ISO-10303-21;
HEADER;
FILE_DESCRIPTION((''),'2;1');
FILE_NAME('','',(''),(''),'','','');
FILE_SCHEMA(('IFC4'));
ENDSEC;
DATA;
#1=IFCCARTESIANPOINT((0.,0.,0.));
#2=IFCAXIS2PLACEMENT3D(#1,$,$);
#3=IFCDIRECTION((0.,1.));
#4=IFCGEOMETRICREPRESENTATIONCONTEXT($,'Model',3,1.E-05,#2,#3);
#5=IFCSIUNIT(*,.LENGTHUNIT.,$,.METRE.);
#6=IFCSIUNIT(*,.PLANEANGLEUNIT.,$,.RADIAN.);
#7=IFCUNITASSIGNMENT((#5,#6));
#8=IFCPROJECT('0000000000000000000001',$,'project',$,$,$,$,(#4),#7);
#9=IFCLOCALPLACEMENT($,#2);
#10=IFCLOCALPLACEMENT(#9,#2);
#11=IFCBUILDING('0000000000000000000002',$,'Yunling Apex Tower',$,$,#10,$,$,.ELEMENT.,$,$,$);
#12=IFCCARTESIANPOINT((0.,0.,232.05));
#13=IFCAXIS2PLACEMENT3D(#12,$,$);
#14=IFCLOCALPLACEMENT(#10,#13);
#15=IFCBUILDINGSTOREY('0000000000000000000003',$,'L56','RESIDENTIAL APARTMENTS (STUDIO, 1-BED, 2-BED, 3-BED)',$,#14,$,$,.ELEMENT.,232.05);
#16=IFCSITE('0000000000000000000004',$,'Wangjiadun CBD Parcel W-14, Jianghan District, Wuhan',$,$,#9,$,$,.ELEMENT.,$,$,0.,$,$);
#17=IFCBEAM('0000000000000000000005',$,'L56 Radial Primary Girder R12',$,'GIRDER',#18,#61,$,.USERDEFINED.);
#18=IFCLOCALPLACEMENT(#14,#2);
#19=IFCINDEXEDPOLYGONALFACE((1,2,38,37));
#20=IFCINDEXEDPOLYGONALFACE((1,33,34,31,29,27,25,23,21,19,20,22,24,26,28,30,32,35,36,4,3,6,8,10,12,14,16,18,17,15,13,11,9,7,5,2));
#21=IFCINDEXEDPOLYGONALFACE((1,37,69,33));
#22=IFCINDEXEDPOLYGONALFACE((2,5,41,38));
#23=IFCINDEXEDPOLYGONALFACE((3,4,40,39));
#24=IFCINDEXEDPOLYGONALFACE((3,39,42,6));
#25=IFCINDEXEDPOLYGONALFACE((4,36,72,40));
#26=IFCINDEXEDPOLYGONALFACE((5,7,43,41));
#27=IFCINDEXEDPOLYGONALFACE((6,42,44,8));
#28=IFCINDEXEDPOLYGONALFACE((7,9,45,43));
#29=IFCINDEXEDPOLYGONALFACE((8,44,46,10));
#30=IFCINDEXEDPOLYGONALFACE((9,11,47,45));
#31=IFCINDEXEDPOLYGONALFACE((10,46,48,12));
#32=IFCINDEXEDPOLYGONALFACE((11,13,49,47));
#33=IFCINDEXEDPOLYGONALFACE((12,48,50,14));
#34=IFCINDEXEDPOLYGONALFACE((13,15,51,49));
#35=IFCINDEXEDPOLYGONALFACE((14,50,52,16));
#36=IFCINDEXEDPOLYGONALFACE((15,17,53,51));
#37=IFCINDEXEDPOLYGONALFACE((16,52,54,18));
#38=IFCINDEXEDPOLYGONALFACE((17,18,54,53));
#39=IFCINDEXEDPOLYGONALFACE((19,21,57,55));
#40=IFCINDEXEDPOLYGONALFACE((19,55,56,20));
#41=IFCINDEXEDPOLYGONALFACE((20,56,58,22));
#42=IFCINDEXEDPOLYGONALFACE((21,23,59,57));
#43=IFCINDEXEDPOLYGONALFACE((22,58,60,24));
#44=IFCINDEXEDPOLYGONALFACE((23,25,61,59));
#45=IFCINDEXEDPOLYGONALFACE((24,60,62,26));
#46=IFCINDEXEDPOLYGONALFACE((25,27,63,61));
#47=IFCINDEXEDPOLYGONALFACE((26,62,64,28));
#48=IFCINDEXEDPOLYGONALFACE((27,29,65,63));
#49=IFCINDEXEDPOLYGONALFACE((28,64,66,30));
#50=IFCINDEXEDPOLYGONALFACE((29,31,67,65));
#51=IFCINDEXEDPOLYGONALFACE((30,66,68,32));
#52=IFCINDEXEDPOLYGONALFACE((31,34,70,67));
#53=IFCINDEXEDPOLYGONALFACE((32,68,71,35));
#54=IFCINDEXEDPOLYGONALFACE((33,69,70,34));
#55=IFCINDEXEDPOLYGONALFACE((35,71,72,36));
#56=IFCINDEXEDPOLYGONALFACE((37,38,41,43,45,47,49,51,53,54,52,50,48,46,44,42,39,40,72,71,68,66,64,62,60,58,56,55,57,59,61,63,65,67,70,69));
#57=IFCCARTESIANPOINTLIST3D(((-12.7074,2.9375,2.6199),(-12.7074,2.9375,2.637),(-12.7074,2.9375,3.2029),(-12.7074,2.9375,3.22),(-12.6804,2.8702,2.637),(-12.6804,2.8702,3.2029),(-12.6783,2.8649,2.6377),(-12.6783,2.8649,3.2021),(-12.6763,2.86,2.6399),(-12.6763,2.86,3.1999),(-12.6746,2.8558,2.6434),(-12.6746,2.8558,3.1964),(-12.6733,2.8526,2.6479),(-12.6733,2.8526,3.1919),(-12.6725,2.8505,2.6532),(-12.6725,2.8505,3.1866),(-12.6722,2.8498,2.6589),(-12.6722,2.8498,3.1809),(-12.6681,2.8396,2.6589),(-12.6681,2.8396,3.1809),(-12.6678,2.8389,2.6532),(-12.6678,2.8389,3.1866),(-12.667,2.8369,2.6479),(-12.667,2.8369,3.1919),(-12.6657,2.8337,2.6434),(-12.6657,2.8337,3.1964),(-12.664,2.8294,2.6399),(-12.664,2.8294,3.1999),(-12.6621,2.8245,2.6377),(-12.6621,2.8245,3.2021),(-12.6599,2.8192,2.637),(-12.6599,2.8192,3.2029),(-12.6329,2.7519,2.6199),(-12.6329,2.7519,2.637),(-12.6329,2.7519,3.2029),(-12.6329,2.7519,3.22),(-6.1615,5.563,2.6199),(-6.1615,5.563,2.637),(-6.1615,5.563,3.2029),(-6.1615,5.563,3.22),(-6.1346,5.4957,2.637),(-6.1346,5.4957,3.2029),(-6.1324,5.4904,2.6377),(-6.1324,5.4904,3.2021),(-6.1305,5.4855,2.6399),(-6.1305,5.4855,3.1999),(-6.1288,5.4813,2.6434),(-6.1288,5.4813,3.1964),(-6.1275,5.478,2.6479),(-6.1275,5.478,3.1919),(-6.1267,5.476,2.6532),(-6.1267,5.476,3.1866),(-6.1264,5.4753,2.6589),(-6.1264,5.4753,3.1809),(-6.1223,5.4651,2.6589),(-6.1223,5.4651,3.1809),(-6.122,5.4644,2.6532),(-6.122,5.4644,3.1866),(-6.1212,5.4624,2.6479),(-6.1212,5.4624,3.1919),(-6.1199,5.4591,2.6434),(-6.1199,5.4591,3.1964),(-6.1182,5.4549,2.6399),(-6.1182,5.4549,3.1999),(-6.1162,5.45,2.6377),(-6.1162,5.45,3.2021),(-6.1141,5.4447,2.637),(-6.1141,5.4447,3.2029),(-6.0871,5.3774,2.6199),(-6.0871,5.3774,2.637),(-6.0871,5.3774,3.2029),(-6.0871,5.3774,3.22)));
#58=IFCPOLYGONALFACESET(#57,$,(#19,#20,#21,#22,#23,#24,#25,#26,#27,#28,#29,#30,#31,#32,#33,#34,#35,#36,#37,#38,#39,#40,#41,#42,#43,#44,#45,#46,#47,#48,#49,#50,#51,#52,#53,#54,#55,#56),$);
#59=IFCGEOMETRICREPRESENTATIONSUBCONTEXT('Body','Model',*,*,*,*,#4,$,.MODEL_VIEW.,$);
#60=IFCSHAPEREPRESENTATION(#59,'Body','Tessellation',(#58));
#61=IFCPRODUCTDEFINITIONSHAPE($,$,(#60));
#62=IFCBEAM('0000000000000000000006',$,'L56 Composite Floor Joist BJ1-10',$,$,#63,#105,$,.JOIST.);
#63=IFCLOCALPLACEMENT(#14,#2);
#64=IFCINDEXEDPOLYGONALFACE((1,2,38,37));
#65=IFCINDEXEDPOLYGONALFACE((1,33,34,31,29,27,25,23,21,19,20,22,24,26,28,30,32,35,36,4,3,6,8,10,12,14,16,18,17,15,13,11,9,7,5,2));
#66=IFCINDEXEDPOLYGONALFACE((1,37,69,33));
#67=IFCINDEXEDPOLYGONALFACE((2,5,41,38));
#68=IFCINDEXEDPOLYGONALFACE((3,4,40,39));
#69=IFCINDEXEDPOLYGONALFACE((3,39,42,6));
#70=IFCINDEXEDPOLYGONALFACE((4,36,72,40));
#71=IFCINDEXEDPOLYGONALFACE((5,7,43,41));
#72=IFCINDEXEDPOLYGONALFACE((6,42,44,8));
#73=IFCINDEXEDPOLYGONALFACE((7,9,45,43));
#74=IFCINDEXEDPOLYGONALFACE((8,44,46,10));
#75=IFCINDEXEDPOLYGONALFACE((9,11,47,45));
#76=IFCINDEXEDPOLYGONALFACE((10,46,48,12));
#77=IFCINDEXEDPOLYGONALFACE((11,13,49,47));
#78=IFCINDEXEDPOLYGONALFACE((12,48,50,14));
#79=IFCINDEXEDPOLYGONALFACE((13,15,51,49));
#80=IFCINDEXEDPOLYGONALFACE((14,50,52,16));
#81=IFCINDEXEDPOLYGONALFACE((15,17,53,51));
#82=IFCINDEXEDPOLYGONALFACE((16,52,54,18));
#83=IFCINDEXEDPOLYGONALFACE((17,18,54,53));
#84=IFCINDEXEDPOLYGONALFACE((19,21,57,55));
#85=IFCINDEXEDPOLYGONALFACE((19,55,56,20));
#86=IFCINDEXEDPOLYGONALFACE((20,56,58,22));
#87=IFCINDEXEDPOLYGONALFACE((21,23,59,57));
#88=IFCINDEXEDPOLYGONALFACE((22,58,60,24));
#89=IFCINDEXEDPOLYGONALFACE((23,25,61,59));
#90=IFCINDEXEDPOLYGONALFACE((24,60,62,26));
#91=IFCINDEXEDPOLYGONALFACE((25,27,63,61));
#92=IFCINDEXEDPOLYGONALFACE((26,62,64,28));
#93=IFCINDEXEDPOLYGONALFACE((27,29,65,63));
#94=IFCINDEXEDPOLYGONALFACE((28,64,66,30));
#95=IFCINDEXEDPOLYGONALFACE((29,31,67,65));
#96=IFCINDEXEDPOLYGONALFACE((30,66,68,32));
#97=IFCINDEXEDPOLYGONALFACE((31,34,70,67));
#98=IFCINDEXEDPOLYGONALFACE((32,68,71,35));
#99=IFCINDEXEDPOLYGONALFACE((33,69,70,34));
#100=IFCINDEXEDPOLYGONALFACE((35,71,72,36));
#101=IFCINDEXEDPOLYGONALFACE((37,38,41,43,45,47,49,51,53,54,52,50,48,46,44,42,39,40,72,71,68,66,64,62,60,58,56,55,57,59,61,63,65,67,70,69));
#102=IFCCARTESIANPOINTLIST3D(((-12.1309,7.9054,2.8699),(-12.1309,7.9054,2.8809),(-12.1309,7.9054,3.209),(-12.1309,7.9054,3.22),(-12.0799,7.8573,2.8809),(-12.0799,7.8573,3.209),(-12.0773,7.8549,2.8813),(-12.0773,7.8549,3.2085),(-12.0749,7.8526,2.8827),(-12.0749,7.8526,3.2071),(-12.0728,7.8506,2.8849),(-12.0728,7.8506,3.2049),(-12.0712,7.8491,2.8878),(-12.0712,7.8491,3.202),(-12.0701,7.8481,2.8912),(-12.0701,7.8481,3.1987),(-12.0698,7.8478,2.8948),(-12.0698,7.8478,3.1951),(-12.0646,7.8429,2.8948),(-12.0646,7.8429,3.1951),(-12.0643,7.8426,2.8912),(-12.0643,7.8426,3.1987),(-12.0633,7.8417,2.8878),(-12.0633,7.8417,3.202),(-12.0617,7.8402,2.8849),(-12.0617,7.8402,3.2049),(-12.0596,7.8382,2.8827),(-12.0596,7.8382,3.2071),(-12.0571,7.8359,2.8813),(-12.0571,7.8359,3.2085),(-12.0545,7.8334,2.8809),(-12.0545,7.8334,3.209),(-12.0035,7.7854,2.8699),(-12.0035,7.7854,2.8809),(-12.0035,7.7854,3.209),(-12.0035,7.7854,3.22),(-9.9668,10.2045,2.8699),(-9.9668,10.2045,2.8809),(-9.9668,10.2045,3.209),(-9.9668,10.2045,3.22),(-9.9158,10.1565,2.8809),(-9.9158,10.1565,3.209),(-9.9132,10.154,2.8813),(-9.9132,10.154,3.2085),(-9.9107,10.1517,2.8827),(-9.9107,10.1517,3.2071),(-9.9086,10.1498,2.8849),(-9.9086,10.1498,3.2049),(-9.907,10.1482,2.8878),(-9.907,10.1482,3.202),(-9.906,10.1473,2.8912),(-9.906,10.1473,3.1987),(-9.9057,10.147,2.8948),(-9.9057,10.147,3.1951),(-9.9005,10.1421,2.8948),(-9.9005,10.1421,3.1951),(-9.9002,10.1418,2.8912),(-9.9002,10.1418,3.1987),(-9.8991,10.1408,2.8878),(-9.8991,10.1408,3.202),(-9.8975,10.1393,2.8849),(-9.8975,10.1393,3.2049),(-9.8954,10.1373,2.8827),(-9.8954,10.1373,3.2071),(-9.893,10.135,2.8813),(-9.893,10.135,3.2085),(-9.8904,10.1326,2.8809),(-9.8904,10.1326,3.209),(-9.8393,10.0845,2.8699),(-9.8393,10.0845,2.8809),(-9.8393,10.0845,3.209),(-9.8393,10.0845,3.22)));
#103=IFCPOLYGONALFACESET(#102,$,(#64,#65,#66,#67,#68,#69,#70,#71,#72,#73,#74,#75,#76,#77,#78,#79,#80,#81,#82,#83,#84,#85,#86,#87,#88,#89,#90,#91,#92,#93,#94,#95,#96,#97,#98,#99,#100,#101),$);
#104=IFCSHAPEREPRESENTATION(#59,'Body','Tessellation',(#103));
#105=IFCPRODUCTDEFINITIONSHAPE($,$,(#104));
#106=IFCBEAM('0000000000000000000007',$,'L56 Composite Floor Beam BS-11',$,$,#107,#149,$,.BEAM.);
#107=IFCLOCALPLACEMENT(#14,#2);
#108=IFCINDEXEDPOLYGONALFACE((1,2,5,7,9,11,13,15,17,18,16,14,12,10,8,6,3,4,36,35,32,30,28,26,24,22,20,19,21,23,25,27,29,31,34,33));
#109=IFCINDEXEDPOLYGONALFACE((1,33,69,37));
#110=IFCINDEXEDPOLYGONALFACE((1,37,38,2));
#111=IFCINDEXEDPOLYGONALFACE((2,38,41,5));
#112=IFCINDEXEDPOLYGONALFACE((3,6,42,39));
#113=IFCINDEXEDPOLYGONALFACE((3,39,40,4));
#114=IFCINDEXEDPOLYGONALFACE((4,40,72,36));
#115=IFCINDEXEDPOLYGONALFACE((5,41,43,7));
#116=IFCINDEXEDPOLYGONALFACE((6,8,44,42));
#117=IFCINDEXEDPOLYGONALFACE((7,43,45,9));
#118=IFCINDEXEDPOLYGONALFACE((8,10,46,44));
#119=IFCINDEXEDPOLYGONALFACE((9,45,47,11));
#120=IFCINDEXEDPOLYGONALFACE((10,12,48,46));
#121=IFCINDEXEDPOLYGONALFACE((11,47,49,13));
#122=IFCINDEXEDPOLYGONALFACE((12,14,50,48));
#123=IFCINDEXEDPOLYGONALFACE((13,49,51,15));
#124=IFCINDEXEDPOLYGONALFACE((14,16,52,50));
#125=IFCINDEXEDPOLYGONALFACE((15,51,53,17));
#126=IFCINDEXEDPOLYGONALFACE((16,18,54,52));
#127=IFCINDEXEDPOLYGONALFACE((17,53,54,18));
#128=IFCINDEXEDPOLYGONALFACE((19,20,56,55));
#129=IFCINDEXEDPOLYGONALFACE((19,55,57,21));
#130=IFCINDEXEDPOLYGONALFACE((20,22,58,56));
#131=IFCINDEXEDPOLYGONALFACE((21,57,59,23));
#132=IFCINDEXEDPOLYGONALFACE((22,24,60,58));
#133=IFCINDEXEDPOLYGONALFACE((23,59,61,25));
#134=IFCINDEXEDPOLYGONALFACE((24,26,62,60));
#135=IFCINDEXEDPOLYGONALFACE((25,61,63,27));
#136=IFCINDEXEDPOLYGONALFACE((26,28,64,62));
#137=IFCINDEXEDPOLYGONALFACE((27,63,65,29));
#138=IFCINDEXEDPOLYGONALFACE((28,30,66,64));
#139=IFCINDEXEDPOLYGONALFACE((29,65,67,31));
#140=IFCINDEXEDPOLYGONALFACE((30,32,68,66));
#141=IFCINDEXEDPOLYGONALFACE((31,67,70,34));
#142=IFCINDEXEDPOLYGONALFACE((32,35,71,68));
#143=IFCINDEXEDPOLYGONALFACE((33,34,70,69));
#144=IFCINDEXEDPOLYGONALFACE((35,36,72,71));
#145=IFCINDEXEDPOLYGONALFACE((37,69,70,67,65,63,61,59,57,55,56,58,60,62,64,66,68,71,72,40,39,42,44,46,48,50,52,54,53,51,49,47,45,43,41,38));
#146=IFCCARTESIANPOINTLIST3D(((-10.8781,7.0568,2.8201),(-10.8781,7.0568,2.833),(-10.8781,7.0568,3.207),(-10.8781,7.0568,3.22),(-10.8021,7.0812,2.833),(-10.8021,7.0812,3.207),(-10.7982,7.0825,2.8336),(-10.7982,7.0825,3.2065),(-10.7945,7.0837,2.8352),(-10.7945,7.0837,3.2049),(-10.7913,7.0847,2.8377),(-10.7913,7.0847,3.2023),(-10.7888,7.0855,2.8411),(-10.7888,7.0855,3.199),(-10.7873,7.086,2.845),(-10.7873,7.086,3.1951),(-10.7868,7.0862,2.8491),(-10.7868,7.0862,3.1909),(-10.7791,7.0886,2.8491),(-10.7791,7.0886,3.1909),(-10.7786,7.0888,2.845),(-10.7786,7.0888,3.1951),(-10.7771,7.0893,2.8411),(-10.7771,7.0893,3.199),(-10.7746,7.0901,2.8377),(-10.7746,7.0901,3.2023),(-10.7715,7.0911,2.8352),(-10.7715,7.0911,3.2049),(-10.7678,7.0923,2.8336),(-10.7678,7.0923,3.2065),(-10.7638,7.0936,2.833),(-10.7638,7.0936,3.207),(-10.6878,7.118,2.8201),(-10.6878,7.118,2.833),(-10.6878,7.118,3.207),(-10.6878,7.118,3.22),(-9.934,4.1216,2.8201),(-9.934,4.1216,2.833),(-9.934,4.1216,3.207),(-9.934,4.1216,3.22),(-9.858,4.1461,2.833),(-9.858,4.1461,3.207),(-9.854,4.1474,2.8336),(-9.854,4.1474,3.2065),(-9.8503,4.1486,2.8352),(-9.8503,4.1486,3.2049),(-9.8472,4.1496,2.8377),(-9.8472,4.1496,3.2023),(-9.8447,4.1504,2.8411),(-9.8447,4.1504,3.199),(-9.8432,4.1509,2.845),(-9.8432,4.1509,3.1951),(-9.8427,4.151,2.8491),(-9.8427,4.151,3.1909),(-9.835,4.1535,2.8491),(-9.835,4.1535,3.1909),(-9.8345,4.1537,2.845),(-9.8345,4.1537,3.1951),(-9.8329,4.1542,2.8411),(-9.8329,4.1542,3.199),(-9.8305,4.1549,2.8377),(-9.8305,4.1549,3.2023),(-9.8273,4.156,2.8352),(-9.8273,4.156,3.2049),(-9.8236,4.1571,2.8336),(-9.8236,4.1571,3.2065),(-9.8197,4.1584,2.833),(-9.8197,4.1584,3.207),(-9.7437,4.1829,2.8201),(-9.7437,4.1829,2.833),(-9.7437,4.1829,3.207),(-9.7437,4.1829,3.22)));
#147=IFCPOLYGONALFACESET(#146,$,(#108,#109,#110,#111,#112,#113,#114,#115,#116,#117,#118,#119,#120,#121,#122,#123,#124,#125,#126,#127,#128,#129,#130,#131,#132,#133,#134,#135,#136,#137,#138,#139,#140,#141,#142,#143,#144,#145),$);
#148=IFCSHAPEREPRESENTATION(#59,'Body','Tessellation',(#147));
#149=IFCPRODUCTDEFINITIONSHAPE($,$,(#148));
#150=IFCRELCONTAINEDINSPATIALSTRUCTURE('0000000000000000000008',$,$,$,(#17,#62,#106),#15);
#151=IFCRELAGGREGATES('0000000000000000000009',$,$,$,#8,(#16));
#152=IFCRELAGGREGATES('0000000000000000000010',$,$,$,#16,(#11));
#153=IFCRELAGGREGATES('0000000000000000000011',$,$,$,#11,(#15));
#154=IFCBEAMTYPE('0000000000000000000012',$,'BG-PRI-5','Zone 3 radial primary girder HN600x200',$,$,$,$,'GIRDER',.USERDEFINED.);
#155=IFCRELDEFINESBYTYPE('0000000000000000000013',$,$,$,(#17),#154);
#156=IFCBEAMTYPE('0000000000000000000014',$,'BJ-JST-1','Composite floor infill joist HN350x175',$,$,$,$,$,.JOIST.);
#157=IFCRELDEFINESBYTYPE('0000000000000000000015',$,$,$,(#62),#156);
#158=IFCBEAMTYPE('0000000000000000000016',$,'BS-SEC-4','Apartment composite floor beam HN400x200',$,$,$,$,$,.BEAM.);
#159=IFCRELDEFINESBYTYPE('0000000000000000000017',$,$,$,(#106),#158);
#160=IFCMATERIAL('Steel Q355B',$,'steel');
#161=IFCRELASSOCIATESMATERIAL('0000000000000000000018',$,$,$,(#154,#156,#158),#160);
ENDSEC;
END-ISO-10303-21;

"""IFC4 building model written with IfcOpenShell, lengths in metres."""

from ifc_helpers import new_model, si_unit, direction, frame, origin, origin_2d, place, context, subcontext, project, spatial, i_section, extrude, source, transform, mapped, material, material_profile, profile_set, type_object, element, save


model = new_model("IFC4")

# Units and contexts
model_context = context("Model", 3, precision=1e-05, world=origin(), true_north=direction((0.0, 1.0)))
body_context = subcontext(model_context, "Body", "Model", "MODEL_VIEW")
ifc_project = project(units=[si_unit("LENGTHUNIT", "METRE"), si_unit("PLANEANGLEUNIT", "RADIAN")], contexts=[model_context])

# Site, building, storey
site_placement = place(None, origin())
site = spatial("IfcSite", under=ifc_project, at=site_placement, Name="Wangjiadun CBD Parcel W-14, Jianghan District, Wuhan", CompositionType="ELEMENT", RefElevation=0.0)
building_placement = place(site_placement, origin())
building = spatial("IfcBuilding", under=site, at=building_placement, Name="Yunling Apex Tower", CompositionType="ELEMENT")
storey_placement = place(building_placement, frame((0.0, 0.0, 232.05)))
storey = spatial("IfcBuildingStorey", under=building, at=storey_placement, Name="L56", Description="RESIDENTIAL APARTMENTS (STUDIO, 1-BED, 2-BED, 3-BED)", CompositionType="ELEMENT", Elevation=232.05)

# Beams
ifc_material_1 = material(Name="Steel Q355B", Category="steel")
ifc_material_profile_1 = material_profile(ifc_material_1, i_section(OverallWidth=0.2, OverallDepth=0.6001, WebThickness=0.011, FlangeThickness=0.0171, FilletRadius=0.022, at=origin_2d()))
ifc_profile_set_1 = profile_set([ifc_material_profile_1], Name="Steel Q355B")
beam_type_1 = type_object("IfcBeamType", Name="BG-PRI-5", Description="Zone 3 radial primary girder HN600x200", ElementType="GIRDER", PredefinedType="USERDEFINED", material=ifc_profile_set_1)
shared_shape_1 = source(origin(), body_context, "Body", "SweptSolid", [
    extrude(i_section(OverallWidth=0.2, OverallDepth=0.6001, WebThickness=0.011, FlangeThickness=0.0171, FilletRadius=0.022, at=origin_2d()), origin(), (0.0, 0.0, 1.0), 7.0527),
])
beam_1_placement = place(storey_placement, frame((-12.6702, 2.8447, 2.9199), z_axis=(0.928128, 0.372262, 0.0), x_axis=(-0.372262, 0.928128, 0.0)))
element("IfcBeam", 1, at=beam_1_placement, inside=storey, type_object=beam_type_1, Name="L56 Radial Primary Girder R12", ObjectType="GIRDER", PredefinedType="USERDEFINED", context=body_context, shape_type="MappedRepresentation", body=[
    mapped(shared_shape_1, transform((0.0, 0.0, 0.0), scale=1.0)),
])
ifc_material_profile_2 = material_profile(ifc_material_1, i_section(OverallWidth=0.175, OverallDepth=0.3501, WebThickness=0.0071, FlangeThickness=0.011, FilletRadius=0.0139, at=origin_2d()))
ifc_profile_set_2 = profile_set([ifc_material_profile_2], Name="Steel Q355B")
beam_type_2 = type_object("IfcBeamType", Name="BJ-JST-1", Description="Composite floor infill joist HN350x175", PredefinedType="JOIST", material=ifc_profile_set_2)
shared_shape_2 = source(origin(), body_context, "Body", "SweptSolid", [
    extrude(i_section(OverallWidth=0.175, OverallDepth=0.3501, WebThickness=0.0071, FlangeThickness=0.011, FilletRadius=0.0139, at=origin_2d()), origin(), (0.0, 0.0, 1.0), 3.1575),
])
beam_2_placement = place(storey_placement, frame((-9.9031, 10.1445, 3.0449), z_axis=(-0.685403, -0.728164, 0.0), x_axis=(0.728164, -0.685403, 0.0)))
element("IfcBeam", 2, at=beam_2_placement, inside=storey, type_object=beam_type_2, Name="L56 Composite Floor Joist BJ1-10", PredefinedType="JOIST", context=body_context, shape_type="MappedRepresentation", body=[
    mapped(shared_shape_2, transform((0.0, 0.0, 0.0), scale=1.0)),
])
ifc_material_profile_3 = material_profile(ifc_material_1, i_section(OverallWidth=0.2, OverallDepth=0.3999, WebThickness=0.0081, FlangeThickness=0.0129, FilletRadius=0.0161, at=origin_2d()))
ifc_profile_set_3 = profile_set([ifc_material_profile_3], Name="Steel Q355B")
beam_type_3 = type_object("IfcBeamType", Name="BS-SEC-4", Description="Apartment composite floor beam HN400x200", PredefinedType="BEAM", material=ifc_profile_set_3)
shared_shape_3 = source(origin(), body_context, "Body", "SweptSolid", [
    extrude(i_section(OverallWidth=0.2, OverallDepth=0.3999, WebThickness=0.0081, FlangeThickness=0.0129, FilletRadius=0.0161, at=origin_2d()), origin(), (0.0, 0.0, 1.0), 3.0833),
])
beam_3_placement = place(storey_placement, frame((-10.783, 7.0874, 3.02), z_axis=(0.306209, -0.951964, 0.0), x_axis=(0.951964, 0.306209, 0.0)))
element("IfcBeam", 3, at=beam_3_placement, inside=storey, type_object=beam_type_3, Name="L56 Composite Floor Beam BS-11", PredefinedType="BEAM", context=body_context, shape_type="MappedRepresentation", body=[
    mapped(shared_shape_3, transform((0.0, 0.0, 0.0), scale=1.0)),
])

save(model, "model.ifc")
